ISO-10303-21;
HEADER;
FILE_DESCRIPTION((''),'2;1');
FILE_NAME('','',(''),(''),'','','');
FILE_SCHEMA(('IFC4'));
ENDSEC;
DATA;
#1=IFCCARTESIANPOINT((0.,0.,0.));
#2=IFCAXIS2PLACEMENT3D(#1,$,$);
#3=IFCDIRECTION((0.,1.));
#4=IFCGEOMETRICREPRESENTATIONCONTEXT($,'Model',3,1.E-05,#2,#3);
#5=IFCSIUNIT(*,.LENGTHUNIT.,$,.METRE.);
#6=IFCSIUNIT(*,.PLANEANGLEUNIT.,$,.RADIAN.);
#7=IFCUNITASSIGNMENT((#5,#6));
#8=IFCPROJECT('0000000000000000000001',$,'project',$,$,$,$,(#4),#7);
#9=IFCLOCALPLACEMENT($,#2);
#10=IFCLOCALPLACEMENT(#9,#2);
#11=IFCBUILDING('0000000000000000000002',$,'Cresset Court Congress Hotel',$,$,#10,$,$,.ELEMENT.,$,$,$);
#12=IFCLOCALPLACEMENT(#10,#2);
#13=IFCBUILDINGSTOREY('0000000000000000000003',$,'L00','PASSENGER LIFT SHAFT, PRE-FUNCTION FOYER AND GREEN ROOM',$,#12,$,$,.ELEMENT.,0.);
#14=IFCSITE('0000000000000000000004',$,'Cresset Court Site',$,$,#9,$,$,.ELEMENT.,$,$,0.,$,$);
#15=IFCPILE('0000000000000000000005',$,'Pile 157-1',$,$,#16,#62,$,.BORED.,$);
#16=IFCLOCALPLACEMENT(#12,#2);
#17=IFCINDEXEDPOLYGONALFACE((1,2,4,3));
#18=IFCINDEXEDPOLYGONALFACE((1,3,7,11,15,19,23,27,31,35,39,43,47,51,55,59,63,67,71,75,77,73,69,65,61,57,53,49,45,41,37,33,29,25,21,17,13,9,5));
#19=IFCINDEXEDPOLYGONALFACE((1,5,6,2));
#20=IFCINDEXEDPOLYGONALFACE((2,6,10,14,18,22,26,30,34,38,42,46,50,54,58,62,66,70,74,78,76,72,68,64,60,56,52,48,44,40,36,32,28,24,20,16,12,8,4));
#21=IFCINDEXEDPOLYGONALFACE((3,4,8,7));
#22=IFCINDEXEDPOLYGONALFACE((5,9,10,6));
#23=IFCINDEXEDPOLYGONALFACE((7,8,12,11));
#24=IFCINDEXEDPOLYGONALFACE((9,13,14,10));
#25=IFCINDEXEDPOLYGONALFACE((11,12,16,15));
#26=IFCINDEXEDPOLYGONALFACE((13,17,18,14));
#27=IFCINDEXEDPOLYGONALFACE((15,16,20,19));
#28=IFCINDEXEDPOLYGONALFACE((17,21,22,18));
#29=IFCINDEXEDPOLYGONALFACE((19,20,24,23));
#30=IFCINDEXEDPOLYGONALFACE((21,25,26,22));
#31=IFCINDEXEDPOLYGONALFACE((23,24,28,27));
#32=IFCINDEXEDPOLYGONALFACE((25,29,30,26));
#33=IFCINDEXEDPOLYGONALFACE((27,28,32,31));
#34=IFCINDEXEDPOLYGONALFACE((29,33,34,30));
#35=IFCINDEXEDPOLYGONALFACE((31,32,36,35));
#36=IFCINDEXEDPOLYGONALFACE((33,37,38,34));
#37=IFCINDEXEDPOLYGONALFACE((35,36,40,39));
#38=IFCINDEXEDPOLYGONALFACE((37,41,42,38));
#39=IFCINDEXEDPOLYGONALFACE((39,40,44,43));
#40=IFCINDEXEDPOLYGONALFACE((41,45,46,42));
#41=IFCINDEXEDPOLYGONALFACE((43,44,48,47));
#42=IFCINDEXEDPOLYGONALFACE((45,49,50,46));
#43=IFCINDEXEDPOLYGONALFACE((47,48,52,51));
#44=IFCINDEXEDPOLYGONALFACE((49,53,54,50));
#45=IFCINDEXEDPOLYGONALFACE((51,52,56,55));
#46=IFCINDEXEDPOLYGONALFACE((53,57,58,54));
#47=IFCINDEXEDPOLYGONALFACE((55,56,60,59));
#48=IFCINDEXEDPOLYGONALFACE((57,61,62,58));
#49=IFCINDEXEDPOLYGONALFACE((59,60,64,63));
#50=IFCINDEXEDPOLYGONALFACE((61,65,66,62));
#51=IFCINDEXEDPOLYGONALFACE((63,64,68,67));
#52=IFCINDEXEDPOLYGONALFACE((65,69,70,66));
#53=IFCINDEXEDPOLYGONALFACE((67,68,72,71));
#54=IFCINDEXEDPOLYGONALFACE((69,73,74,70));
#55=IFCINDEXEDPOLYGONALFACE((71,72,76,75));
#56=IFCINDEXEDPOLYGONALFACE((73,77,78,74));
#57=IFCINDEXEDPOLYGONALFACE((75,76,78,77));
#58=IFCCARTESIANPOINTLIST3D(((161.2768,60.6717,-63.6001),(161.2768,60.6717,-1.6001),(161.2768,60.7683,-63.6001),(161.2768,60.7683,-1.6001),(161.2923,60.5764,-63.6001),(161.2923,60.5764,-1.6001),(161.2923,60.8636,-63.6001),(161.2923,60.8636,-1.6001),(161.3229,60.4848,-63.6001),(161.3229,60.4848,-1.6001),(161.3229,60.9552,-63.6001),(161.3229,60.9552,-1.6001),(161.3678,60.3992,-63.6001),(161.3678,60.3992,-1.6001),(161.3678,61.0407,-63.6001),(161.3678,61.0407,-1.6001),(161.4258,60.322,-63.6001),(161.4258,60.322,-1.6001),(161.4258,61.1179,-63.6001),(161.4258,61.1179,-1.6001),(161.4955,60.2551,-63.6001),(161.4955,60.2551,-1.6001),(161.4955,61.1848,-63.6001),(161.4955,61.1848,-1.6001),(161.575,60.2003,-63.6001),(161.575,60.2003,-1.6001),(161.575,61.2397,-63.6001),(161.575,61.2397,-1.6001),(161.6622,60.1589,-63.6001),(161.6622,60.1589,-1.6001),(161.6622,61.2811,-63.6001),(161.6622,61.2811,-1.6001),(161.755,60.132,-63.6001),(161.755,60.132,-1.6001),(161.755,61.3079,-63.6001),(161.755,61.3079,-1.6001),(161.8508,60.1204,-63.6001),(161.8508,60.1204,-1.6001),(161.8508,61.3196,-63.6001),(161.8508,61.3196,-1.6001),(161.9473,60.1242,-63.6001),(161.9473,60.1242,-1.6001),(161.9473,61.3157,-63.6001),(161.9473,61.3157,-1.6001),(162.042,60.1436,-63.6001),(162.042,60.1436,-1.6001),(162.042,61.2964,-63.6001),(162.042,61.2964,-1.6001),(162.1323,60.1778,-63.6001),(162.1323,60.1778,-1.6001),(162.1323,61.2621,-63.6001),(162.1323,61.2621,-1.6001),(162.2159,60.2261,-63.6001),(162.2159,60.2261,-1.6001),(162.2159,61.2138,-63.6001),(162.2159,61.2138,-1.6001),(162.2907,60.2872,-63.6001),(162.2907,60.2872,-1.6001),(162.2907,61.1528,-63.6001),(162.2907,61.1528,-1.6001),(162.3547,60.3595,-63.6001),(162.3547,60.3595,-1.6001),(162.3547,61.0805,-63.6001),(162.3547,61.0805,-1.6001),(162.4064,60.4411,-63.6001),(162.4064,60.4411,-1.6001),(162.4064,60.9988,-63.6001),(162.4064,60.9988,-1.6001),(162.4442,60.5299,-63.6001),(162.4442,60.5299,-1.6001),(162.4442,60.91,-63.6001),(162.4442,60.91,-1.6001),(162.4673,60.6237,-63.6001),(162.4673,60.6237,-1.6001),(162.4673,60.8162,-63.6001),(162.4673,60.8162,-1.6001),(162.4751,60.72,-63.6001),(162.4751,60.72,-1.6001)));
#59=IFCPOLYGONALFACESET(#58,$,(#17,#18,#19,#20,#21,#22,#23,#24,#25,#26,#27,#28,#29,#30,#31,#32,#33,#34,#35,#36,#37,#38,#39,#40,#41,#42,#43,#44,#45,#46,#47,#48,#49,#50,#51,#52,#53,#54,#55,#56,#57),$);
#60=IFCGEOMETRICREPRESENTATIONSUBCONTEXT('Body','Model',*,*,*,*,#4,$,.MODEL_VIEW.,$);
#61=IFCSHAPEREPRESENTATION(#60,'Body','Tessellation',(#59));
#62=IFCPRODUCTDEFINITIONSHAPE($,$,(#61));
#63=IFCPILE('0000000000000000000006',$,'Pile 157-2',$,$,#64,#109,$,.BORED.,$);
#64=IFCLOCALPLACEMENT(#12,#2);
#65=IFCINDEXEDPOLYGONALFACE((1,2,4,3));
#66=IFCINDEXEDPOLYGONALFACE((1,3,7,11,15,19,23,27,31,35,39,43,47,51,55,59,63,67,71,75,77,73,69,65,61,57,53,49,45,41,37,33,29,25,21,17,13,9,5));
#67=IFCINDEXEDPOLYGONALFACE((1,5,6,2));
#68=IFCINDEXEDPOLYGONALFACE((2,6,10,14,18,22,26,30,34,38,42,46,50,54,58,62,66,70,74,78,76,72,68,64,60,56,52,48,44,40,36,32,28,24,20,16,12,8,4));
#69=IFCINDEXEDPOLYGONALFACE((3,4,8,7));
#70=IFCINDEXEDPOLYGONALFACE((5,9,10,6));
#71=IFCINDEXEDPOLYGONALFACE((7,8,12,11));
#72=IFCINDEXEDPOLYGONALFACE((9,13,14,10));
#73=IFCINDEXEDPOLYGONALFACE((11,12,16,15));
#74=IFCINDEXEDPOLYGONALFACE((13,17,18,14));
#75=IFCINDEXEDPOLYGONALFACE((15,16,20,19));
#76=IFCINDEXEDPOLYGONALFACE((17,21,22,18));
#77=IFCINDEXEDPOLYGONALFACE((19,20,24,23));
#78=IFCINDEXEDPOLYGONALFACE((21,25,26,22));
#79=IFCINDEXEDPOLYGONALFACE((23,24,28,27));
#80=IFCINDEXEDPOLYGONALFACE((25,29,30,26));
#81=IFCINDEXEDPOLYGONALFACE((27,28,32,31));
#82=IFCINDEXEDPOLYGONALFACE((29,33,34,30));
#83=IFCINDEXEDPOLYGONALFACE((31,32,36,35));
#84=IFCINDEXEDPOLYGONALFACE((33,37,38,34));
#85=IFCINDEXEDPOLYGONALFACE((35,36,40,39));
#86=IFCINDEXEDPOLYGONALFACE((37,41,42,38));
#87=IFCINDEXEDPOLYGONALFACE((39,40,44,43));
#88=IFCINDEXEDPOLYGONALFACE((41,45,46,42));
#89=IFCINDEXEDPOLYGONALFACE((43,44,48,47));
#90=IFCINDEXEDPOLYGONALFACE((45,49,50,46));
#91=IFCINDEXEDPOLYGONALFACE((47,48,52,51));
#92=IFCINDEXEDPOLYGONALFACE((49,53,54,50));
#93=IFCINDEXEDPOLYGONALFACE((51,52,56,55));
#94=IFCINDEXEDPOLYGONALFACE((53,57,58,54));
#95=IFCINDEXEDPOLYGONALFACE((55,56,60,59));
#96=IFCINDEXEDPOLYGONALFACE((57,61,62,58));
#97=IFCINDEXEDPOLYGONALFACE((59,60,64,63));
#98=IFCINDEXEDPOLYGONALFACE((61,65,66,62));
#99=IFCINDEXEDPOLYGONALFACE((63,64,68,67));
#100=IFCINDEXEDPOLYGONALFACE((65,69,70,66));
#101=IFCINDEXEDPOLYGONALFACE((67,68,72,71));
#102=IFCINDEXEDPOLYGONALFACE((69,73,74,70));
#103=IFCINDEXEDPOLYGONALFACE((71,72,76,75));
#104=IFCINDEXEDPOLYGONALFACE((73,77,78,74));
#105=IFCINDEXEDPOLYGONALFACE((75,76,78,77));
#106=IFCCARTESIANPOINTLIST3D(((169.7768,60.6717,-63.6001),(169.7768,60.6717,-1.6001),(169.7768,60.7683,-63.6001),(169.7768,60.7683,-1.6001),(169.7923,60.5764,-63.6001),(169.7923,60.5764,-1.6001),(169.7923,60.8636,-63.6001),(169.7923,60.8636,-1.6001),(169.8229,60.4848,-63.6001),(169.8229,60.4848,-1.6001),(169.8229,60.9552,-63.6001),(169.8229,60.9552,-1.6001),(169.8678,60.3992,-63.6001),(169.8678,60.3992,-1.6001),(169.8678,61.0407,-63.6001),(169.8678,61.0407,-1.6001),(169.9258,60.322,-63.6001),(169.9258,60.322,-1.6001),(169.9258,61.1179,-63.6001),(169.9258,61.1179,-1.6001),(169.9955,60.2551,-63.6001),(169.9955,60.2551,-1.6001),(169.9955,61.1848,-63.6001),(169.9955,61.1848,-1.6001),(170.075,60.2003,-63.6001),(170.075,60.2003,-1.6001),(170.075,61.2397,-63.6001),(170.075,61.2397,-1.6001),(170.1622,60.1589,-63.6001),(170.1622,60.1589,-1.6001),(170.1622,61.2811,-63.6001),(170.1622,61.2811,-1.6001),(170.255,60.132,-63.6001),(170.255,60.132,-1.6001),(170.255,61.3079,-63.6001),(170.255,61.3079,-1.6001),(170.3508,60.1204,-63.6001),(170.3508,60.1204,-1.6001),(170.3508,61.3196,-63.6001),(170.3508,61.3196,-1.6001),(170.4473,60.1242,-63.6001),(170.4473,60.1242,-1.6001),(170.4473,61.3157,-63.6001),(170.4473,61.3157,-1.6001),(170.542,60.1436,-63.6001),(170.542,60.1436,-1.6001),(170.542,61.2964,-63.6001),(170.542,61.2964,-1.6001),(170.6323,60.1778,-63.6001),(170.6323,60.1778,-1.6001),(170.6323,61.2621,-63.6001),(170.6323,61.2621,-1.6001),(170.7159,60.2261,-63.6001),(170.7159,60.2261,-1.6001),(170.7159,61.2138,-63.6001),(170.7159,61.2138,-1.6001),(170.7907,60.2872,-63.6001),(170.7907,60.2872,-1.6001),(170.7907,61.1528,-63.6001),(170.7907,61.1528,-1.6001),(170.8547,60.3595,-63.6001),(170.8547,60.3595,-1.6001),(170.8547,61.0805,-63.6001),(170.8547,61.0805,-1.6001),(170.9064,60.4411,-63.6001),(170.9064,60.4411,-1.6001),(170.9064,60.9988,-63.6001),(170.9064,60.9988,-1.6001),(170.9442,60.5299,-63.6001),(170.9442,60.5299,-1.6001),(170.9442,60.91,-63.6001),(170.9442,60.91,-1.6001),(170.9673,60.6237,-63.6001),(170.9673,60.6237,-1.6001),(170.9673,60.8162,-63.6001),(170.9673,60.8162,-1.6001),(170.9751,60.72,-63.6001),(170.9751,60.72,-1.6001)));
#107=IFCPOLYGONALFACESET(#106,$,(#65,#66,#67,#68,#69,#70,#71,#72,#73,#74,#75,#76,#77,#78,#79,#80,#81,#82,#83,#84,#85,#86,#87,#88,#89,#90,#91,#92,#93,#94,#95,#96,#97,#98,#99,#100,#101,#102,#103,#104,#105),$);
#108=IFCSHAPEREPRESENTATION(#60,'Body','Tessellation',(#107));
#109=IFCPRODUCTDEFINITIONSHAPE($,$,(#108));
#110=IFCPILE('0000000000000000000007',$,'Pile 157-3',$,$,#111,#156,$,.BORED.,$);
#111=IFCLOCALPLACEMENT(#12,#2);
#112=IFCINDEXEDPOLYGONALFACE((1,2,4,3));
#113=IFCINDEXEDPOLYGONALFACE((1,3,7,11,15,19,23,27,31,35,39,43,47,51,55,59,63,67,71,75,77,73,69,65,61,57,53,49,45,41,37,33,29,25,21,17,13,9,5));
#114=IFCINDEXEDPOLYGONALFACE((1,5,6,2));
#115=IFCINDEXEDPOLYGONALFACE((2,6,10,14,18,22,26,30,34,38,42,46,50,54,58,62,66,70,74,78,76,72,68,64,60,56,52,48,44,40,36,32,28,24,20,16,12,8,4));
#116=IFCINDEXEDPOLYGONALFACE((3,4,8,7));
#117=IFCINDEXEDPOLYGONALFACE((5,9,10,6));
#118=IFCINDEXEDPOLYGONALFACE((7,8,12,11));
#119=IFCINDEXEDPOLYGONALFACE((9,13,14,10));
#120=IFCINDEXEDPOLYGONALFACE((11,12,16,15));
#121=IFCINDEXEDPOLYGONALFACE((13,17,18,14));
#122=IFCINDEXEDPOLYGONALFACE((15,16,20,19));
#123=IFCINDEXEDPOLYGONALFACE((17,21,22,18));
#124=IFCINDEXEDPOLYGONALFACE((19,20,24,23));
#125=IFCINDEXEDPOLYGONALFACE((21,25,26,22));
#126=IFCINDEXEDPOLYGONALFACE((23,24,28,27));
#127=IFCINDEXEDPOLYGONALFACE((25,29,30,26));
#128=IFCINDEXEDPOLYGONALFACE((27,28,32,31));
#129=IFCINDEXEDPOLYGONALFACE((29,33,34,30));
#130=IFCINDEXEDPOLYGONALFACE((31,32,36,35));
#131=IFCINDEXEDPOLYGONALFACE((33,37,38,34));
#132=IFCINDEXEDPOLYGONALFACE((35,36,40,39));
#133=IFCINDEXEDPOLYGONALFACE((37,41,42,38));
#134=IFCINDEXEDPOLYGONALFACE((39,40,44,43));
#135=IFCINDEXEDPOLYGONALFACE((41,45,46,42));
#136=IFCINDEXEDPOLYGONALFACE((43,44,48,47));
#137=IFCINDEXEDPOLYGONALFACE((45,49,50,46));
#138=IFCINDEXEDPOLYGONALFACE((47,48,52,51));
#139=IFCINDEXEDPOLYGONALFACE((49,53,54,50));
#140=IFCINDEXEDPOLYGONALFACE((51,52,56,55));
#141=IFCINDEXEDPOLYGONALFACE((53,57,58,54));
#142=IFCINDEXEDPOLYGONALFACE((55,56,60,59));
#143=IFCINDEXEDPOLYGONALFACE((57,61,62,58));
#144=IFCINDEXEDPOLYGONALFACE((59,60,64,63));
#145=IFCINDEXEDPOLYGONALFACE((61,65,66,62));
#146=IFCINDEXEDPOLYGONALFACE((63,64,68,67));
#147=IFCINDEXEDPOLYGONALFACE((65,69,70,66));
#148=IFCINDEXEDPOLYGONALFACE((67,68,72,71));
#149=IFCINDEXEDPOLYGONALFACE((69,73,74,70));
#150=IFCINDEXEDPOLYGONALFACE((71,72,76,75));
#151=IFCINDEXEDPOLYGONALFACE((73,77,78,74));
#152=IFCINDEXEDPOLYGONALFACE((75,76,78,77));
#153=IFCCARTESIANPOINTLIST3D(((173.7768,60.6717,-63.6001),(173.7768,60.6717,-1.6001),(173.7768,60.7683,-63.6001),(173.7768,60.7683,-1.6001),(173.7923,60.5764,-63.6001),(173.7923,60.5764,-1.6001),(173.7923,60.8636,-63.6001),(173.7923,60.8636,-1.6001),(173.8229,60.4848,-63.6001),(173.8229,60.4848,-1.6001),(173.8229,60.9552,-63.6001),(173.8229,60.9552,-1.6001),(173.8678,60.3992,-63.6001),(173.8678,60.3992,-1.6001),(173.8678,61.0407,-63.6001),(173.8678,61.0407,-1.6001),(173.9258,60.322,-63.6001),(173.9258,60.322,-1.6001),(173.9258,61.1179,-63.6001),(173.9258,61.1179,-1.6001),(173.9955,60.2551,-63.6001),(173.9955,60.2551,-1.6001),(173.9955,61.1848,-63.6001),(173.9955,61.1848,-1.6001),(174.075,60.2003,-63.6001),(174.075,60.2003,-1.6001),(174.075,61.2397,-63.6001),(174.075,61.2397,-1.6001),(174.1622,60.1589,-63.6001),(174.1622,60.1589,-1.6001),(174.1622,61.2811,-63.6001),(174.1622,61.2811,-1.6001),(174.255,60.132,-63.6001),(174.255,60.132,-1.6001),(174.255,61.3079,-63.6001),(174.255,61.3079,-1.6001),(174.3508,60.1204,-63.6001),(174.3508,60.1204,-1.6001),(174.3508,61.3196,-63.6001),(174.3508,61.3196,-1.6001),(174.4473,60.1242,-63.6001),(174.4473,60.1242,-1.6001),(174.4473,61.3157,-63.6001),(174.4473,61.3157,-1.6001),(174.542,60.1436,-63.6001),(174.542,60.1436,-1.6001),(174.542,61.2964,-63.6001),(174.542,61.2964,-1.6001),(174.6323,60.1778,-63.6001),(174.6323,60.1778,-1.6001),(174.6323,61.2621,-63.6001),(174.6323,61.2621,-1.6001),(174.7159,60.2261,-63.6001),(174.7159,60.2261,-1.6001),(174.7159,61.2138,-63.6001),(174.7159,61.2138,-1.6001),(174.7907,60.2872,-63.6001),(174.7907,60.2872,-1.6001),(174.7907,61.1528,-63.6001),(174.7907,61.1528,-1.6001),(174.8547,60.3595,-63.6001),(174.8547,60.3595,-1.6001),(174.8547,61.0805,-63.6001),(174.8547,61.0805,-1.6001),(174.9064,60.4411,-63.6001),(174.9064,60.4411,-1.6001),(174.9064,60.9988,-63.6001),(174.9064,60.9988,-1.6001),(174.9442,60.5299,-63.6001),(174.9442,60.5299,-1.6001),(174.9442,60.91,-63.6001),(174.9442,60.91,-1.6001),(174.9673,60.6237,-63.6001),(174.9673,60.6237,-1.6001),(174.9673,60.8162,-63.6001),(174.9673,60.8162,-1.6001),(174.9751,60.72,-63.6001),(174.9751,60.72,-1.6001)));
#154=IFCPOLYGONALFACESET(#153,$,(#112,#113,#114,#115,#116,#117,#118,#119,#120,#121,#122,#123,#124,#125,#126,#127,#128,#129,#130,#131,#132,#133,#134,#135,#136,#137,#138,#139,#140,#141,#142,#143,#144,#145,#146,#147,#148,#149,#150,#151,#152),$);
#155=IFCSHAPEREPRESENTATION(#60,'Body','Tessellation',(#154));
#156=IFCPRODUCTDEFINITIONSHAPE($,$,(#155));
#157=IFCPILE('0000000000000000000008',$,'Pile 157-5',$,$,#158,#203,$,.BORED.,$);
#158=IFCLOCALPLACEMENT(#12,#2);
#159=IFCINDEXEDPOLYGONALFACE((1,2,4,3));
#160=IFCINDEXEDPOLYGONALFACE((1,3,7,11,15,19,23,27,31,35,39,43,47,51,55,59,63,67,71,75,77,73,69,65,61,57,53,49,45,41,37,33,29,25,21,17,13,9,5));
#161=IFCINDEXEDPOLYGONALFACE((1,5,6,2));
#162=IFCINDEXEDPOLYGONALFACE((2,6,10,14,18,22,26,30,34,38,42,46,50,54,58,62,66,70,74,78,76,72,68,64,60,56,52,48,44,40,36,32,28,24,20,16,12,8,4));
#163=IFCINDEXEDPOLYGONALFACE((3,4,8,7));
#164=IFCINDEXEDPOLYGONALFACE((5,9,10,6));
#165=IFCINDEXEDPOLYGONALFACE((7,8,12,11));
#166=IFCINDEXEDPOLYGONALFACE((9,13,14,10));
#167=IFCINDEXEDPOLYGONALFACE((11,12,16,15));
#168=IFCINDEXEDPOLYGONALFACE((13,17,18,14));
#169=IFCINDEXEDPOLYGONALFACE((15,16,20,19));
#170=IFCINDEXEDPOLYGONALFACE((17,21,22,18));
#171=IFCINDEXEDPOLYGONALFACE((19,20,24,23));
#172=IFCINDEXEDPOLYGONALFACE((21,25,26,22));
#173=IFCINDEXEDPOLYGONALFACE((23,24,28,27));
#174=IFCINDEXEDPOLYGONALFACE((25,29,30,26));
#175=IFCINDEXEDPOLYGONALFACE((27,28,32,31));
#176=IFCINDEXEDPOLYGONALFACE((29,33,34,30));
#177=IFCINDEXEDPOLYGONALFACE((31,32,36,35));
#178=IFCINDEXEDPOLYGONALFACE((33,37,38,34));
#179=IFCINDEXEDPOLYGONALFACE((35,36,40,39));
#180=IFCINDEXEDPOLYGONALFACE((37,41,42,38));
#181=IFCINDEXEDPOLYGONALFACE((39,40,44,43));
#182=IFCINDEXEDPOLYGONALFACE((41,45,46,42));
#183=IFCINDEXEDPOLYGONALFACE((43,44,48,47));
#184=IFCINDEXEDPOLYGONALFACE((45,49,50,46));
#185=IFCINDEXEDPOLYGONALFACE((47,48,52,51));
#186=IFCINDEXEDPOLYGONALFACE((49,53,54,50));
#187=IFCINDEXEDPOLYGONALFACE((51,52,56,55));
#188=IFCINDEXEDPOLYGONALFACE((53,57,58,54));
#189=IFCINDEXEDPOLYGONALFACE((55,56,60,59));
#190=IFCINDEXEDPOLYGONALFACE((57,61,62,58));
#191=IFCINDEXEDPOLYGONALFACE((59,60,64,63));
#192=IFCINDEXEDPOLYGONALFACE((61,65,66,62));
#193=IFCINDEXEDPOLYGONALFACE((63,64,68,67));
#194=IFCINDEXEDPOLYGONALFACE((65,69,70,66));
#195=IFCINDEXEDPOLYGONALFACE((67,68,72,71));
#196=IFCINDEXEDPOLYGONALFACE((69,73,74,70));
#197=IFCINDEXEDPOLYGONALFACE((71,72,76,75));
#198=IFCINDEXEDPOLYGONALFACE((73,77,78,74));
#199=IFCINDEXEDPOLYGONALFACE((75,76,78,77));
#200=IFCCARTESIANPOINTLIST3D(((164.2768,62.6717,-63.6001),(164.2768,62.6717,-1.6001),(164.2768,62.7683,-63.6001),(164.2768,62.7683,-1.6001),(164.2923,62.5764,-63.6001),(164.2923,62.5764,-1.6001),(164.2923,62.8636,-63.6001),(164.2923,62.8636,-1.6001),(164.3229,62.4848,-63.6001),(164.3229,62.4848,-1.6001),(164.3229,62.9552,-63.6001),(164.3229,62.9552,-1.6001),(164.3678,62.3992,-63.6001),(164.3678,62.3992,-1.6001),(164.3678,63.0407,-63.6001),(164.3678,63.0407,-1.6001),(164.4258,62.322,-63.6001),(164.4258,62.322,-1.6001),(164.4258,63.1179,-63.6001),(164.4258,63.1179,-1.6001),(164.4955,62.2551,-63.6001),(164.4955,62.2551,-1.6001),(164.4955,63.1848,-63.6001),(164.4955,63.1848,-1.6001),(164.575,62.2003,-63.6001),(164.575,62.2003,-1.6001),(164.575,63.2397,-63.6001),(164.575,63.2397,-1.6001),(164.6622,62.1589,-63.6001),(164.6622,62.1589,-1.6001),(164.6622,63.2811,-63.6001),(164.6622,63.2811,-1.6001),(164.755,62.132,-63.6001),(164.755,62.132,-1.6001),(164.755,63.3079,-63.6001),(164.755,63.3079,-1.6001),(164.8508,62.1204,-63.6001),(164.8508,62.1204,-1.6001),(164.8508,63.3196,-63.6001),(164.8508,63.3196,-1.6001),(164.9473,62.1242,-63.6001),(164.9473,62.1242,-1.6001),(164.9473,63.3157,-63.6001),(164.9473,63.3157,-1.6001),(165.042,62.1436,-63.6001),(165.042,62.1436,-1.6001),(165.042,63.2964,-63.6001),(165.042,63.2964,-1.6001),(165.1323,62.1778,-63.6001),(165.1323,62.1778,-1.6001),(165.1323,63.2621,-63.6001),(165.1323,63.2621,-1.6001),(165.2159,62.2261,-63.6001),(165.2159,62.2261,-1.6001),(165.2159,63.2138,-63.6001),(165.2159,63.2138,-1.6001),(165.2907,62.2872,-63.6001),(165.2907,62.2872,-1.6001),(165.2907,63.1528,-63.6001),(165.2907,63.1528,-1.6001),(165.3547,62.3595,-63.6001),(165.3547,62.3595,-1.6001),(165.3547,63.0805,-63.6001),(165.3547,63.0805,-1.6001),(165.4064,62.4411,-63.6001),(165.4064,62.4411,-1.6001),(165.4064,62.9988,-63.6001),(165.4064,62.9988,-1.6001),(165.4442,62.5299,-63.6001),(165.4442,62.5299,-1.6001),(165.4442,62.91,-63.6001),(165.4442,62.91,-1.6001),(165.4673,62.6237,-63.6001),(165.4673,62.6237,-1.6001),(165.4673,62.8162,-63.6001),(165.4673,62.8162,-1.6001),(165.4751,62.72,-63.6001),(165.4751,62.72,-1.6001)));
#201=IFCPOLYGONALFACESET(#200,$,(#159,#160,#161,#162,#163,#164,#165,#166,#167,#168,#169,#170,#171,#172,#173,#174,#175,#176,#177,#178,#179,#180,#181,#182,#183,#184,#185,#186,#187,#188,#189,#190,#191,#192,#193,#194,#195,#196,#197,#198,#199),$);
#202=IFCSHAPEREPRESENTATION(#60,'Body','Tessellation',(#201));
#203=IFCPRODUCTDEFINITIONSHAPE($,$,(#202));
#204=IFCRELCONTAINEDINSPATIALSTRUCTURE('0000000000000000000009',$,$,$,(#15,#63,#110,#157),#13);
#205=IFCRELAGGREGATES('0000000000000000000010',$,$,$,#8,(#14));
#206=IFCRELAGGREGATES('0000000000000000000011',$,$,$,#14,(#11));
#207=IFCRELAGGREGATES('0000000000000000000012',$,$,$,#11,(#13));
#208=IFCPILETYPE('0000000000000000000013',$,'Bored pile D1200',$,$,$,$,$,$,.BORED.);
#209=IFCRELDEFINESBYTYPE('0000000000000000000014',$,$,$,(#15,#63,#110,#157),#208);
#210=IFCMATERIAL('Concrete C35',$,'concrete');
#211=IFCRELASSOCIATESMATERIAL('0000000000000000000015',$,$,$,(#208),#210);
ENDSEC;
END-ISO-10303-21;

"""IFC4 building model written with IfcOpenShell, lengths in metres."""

from ifc_helpers import new_model, si_unit, direction, frame, origin, origin_2d, place, context, subcontext, project, spatial, circle, extrude, material, type_object, element, save


model = new_model("IFC4")

# Units and contexts
model_context = context("Model", 3, precision=1e-05, world=origin(), true_north=direction((0.0, 1.0)))
body_context = subcontext(model_context, "Body", "Model", "MODEL_VIEW")
ifc_project = project(units=[si_unit("LENGTHUNIT", "METRE"), si_unit("PLANEANGLEUNIT", "RADIAN")], contexts=[model_context])

# Site, building, storey
site_placement = place(None, origin())
site = spatial("IfcSite", under=ifc_project, at=site_placement, Name="Cresset Court Site", CompositionType="ELEMENT", RefElevation=0.0)
building_placement = place(site_placement, origin())
building = spatial("IfcBuilding", under=site, at=building_placement, Name="Cresset Court Congress Hotel", CompositionType="ELEMENT")
storey_placement = place(building_placement, origin())
storey = spatial("IfcBuildingStorey", under=building, at=storey_placement, Name="L00", Description="PASSENGER LIFT SHAFT, PRE-FUNCTION FOYER AND GREEN ROOM", CompositionType="ELEMENT", Elevation=0.0)

# Piles
ifc_material_1 = material(Name="Concrete C35", Category="concrete")
pile_type = type_object("IfcPileType", Name="Bored pile D1200", PredefinedType="BORED", material=ifc_material_1)
for number, where, z_axis, x_axis, name in (
    (1, (161.875, 60.72, -1.6001), (0.0, 0.0, -1.0), (1.0, 0.0, 0.0), "Pile 157-1"),
    (2, (170.375, 60.72, -1.6001), (0.0, 0.0, -1.0), (1.0, 0.0, 0.0), "Pile 157-2"),
    (3, (174.375, 60.72, -1.6001), (0.0, 0.0, -1.0), (1.0, 0.0, 0.0), "Pile 157-3"),
    (4, (164.875, 62.72, -1.6001), (0.0, 0.0, -1.0), (1.0, 0.0, 0.0), "Pile 157-5"),
):
    element("IfcPile", number, at=place(storey_placement, frame(where, z_axis=z_axis, x_axis=x_axis)), inside=storey, type_object=pile_type, Name=name, PredefinedType="BORED", context=body_context, shape_type="SweptSolid", body=[
        extrude(circle(Radius=0.6001, at=origin_2d()), origin(), (0.0, 0.0, 1.0), 62.0),
    ])

save(model, "model.ifc")
